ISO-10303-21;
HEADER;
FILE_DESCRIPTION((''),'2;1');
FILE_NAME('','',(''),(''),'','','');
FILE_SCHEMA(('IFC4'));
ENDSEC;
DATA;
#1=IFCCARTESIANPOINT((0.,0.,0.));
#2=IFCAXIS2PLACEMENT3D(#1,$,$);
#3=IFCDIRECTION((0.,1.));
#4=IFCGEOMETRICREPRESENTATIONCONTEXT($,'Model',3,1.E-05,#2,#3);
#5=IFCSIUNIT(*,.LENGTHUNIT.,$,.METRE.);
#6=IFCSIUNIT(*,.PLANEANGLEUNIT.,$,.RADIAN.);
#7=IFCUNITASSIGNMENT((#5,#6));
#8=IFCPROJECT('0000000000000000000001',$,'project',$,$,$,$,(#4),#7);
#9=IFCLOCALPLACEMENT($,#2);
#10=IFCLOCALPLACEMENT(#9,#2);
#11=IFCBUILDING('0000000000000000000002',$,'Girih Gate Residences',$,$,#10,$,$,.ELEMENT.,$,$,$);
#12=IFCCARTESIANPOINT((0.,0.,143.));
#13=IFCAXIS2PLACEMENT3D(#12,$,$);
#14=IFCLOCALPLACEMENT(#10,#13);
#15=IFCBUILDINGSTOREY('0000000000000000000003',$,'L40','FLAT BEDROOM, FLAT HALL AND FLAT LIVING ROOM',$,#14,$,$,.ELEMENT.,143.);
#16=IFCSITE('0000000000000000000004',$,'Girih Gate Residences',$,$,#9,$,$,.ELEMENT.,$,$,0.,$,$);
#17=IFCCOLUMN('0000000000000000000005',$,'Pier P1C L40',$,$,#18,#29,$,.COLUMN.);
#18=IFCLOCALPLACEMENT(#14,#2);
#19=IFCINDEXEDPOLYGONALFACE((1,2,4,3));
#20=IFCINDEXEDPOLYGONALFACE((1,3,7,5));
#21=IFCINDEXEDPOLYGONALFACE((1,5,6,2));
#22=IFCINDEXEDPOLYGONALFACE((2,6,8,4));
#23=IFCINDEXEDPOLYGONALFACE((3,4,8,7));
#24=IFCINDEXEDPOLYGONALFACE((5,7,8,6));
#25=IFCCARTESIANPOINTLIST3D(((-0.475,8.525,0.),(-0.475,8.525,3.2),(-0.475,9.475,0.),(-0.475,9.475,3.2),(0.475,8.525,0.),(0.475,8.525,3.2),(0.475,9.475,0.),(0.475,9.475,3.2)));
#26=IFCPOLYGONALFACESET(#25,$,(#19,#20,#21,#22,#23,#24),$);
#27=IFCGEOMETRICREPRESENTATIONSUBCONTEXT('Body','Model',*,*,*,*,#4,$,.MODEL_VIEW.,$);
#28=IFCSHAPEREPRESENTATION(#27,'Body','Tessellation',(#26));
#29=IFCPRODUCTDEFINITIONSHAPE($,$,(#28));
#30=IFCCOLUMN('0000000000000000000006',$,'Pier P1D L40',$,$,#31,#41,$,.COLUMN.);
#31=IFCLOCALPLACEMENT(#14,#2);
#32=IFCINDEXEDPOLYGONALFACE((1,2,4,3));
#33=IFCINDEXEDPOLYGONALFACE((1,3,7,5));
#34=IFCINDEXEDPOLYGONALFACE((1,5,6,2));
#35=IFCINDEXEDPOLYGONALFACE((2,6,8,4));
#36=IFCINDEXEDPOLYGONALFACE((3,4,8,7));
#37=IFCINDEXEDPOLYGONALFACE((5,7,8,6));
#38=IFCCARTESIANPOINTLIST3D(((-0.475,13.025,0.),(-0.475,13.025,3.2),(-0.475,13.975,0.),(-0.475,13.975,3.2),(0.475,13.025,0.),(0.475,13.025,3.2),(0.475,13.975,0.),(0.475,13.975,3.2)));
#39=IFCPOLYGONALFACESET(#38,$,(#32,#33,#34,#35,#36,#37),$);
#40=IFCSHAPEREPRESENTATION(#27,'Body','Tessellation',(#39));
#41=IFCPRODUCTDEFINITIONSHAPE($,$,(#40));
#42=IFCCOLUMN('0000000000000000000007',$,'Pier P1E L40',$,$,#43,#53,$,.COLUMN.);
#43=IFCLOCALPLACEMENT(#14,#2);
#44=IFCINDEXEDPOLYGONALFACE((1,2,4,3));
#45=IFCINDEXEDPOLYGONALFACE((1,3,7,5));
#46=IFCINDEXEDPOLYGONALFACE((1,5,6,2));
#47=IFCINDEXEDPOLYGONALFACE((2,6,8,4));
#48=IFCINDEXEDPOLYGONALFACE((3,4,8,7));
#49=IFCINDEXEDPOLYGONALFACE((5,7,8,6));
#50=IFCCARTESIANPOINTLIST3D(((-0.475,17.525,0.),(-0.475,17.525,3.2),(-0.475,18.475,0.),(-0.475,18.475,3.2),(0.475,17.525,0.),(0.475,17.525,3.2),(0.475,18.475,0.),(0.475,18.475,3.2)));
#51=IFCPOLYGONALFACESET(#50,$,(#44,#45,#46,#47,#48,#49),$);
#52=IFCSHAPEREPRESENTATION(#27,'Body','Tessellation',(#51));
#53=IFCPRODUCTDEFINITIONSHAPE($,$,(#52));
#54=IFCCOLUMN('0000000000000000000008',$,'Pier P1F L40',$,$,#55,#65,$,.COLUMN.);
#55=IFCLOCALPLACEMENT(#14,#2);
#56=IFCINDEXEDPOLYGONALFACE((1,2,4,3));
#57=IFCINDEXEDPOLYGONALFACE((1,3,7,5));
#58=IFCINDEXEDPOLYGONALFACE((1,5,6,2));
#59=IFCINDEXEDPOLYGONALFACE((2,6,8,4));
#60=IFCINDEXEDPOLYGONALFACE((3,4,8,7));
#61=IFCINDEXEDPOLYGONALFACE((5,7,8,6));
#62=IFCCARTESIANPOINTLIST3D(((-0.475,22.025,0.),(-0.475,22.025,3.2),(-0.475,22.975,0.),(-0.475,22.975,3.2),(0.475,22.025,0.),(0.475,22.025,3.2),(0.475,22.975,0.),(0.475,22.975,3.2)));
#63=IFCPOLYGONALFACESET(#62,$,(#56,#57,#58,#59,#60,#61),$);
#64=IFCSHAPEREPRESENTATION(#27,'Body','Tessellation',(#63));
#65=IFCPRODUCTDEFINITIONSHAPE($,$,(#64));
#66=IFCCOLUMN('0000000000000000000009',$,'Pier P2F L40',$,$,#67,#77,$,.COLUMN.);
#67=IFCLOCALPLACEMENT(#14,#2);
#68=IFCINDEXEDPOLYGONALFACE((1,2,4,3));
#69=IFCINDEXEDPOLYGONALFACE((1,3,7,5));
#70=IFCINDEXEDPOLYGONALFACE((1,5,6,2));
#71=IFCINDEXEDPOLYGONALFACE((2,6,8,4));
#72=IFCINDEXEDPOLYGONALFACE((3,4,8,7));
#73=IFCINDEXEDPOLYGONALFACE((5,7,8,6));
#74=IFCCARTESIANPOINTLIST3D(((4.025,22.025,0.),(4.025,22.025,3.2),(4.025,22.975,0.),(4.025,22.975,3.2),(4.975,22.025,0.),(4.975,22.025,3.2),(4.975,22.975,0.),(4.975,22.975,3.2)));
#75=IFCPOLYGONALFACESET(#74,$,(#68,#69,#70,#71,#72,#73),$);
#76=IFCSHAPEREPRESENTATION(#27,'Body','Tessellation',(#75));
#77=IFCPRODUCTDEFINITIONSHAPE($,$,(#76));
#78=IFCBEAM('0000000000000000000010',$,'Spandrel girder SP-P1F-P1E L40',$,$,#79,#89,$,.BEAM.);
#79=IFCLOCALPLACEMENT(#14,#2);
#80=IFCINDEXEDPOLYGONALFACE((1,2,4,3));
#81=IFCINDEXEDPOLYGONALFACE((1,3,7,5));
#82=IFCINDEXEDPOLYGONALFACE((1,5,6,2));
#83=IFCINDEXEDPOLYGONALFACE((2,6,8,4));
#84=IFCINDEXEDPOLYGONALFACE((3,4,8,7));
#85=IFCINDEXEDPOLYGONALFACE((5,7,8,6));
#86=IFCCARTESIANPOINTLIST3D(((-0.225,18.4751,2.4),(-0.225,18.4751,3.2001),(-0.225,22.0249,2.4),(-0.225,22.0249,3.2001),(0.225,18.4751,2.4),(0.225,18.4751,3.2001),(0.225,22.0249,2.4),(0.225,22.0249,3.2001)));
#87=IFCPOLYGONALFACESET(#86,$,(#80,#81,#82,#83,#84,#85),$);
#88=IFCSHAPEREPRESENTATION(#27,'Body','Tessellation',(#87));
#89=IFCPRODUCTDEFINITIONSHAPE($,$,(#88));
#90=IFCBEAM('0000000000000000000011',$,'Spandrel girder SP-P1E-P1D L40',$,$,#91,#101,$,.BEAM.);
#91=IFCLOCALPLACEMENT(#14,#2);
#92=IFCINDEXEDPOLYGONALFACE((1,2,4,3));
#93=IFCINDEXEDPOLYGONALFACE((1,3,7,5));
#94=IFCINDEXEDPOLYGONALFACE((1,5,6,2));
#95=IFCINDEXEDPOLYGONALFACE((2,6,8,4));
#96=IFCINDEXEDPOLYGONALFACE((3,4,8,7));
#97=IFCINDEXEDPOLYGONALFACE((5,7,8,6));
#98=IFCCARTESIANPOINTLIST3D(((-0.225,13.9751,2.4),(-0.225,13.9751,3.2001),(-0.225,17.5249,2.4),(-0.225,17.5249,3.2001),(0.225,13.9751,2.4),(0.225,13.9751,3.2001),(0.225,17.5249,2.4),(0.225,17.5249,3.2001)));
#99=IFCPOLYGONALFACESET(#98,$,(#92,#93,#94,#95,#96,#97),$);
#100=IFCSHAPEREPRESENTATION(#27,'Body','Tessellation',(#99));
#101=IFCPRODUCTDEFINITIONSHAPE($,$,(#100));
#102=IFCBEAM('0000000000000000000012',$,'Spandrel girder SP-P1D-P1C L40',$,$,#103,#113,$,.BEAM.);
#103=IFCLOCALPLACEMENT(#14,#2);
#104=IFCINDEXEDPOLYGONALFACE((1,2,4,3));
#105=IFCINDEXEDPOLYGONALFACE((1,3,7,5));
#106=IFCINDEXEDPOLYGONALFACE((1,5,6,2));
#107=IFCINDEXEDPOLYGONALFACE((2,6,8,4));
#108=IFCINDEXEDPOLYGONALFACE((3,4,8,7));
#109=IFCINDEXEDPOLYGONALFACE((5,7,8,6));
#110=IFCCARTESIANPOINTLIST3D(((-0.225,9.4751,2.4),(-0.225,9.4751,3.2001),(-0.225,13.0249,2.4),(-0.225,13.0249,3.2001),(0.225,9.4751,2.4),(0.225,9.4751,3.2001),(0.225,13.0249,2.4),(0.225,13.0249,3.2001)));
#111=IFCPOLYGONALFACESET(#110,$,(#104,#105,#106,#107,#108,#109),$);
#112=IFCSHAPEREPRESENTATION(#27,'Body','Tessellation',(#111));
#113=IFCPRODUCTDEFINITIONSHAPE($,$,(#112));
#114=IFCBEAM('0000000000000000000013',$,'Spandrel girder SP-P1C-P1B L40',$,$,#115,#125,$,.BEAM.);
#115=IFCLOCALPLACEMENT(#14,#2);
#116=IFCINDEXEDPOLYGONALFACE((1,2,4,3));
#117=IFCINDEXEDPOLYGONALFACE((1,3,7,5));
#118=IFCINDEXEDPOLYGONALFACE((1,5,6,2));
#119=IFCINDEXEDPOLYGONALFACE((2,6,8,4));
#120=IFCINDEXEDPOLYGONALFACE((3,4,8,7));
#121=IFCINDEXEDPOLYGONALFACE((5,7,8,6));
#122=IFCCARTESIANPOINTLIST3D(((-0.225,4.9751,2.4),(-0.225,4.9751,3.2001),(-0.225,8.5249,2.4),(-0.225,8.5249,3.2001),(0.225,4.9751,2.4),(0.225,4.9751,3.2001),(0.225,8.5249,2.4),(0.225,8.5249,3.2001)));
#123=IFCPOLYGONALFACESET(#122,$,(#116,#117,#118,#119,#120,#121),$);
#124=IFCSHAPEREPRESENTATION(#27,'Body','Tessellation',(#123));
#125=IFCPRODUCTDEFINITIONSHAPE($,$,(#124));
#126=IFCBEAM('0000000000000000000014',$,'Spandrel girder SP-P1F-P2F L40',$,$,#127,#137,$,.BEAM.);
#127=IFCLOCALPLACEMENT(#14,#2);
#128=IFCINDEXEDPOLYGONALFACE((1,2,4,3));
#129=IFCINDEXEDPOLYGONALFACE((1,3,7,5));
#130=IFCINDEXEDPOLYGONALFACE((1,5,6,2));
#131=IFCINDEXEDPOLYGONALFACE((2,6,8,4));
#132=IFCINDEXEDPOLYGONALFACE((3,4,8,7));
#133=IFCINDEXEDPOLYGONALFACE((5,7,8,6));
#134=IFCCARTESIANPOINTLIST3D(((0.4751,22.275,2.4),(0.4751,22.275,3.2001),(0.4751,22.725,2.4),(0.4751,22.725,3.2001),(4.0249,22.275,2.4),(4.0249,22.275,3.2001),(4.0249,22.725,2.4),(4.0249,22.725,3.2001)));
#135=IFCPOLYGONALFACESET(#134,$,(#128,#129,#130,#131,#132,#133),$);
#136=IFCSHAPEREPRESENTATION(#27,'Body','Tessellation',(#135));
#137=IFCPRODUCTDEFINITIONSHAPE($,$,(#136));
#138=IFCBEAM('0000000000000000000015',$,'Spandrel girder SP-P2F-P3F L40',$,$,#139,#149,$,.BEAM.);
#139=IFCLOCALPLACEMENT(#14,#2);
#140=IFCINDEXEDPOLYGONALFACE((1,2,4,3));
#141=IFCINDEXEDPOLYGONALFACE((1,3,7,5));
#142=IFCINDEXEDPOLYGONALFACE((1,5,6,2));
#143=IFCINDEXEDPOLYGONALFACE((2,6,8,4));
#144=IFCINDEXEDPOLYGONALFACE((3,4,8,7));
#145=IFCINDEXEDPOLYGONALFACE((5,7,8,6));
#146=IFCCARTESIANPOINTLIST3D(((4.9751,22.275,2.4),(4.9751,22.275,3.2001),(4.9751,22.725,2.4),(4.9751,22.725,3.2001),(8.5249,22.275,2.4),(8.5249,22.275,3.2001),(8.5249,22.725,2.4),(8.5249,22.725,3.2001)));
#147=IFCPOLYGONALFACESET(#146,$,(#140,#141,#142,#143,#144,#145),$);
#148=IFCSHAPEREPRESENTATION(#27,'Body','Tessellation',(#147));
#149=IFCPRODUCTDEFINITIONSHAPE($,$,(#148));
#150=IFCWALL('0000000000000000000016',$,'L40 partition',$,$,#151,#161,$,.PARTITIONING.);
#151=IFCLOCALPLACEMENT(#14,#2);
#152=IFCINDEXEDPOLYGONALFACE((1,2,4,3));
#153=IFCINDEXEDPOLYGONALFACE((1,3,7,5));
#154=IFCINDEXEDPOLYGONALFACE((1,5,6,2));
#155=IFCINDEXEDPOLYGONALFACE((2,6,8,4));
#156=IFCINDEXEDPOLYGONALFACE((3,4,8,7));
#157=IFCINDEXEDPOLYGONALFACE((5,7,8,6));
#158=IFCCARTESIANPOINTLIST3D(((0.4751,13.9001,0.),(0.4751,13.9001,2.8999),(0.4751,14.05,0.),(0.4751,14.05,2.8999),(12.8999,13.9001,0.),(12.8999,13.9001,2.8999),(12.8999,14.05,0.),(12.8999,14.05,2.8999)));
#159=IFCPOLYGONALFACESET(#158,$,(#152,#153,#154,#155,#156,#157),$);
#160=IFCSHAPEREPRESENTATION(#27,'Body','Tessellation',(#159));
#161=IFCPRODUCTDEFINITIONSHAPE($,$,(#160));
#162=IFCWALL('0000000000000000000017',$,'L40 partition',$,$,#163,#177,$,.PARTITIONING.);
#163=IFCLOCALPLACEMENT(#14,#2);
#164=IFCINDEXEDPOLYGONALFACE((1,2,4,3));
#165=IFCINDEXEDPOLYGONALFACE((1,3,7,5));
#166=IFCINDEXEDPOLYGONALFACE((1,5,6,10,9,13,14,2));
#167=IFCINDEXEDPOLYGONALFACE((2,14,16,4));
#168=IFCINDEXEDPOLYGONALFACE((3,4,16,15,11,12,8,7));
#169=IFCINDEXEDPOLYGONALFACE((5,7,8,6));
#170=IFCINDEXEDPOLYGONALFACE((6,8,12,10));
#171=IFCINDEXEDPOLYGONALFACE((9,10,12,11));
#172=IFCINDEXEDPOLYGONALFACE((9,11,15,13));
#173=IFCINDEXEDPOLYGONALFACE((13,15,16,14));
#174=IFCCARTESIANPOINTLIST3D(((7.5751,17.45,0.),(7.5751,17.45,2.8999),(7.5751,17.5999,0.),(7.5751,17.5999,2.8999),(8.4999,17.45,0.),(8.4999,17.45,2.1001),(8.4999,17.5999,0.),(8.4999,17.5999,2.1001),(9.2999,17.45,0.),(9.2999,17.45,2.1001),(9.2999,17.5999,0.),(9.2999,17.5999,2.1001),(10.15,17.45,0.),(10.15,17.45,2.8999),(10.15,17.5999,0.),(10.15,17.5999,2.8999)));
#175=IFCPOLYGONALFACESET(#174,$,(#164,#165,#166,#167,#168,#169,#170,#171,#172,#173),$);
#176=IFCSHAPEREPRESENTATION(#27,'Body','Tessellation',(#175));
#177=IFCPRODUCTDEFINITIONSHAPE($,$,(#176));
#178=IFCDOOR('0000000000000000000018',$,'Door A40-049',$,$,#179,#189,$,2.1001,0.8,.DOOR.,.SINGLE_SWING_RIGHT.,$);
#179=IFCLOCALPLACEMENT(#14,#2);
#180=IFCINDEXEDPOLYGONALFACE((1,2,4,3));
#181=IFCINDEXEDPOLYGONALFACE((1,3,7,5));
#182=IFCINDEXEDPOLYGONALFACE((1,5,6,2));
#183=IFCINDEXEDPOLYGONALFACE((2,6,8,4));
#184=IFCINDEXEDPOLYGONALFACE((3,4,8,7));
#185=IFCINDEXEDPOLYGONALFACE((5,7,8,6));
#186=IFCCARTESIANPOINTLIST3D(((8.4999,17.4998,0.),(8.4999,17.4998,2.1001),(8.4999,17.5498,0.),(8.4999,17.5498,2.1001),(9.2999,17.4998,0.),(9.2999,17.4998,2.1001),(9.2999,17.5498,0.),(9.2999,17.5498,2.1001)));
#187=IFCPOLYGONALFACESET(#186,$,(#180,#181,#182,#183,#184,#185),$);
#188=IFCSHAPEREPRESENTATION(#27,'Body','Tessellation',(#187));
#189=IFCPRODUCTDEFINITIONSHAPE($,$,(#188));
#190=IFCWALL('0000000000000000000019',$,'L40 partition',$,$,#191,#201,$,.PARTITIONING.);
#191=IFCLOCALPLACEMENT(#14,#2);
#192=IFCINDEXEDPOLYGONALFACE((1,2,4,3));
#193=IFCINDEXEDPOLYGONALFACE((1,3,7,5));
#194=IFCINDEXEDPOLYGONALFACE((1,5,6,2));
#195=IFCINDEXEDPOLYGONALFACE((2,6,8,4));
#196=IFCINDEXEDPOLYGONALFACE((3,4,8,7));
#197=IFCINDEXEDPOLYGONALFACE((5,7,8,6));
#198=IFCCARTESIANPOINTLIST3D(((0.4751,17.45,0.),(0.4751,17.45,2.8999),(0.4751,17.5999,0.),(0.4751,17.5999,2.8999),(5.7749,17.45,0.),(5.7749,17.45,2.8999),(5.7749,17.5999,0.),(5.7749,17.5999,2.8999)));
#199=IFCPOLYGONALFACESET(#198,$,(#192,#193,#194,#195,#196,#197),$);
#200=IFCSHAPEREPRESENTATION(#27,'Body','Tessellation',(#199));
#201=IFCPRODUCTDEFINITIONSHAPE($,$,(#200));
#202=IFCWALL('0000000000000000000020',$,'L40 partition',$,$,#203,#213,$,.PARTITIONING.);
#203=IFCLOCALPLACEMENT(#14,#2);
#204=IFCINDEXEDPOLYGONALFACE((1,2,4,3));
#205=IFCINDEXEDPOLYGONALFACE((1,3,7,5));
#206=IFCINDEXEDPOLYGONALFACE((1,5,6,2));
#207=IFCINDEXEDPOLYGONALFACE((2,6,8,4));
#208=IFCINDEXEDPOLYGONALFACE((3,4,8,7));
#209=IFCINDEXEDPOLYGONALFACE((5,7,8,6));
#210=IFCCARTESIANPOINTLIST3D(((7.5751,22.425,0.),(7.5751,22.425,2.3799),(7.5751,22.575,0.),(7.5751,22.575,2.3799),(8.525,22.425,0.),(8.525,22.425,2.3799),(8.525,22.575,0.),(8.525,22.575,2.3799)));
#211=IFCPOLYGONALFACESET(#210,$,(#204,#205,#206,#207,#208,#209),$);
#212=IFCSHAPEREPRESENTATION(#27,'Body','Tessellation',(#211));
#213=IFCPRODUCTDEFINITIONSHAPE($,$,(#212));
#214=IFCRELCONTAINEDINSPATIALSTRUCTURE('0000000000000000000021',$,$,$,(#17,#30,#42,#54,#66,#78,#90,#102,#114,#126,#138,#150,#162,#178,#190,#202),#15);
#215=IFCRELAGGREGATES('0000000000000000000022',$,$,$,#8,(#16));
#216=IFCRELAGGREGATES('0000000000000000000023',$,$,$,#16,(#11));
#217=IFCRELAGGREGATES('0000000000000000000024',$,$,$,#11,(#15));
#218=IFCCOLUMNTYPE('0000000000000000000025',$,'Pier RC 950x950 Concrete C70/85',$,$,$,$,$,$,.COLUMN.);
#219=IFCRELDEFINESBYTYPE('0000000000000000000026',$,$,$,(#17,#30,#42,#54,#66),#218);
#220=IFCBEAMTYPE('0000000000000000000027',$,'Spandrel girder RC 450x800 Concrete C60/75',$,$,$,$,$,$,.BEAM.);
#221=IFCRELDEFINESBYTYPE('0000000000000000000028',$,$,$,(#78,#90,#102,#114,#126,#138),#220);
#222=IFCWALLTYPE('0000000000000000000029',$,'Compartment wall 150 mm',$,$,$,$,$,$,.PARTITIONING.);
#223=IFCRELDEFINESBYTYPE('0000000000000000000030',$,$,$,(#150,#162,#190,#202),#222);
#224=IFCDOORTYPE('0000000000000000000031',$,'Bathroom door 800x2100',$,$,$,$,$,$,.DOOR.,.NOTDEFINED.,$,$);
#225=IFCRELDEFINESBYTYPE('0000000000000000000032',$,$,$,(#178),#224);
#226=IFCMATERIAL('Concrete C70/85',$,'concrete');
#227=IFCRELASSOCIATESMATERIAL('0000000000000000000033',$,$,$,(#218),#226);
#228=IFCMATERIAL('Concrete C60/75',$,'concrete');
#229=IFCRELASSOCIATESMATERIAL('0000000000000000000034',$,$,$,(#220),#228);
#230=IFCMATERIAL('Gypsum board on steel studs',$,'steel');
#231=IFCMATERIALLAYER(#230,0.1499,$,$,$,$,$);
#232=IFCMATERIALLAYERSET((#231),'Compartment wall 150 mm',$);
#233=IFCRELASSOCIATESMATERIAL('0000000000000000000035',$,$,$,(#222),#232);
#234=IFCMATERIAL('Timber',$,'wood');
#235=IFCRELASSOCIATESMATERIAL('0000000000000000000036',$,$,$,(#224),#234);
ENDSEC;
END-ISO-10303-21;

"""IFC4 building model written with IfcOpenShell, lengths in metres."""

from ifc_helpers import new_model, si_unit, direction, frame, frame_2d, origin, origin_2d, place, context, subcontext, project, spatial, rectangle, extrude, material, layer, layer_set, material_profile, profile_set, type_object, element, fill, save


model = new_model("IFC4")

# Units and contexts
model_context = context("Model", 3, precision=1e-05, world=origin(), true_north=direction((0.0, 1.0)))
body_context = subcontext(model_context, "Body", "Model", "MODEL_VIEW")
ifc_project = project(units=[si_unit("LENGTHUNIT", "METRE"), si_unit("PLANEANGLEUNIT", "RADIAN")], contexts=[model_context])

# Site, building, storey
site_placement = place(None, origin())
site = spatial("IfcSite", under=ifc_project, at=site_placement, Name="Girih Gate Residences", CompositionType="ELEMENT", RefElevation=0.0)
building_placement = place(site_placement, origin())
building = spatial("IfcBuilding", under=site, at=building_placement, Name="Girih Gate Residences", CompositionType="ELEMENT")
storey_placement = place(building_placement, frame((0.0, 0.0, 143.0)))
storey = spatial("IfcBuildingStorey", under=building, at=storey_placement, Name="L40", Description="FLAT BEDROOM, FLAT HALL AND FLAT LIVING ROOM", CompositionType="ELEMENT", Elevation=143.0)

# Columns
ifc_material_1 = material(Name="Concrete C70/85", Category="concrete")
ifc_material_profile_1 = material_profile(ifc_material_1, rectangle(XDim=0.95, YDim=0.95, at=origin_2d()))
ifc_profile_set_1 = profile_set([ifc_material_profile_1], Name="Concrete C70/85")
column_type = type_object("IfcColumnType", Name="Pier RC 950x950 Concrete C70/85", PredefinedType="COLUMN", material=ifc_profile_set_1)
for number, where, z_axis, x_axis, name in (
    (1, (0.0, 9.0, 0.0), (0.0, 0.0, 1.0), (1.0, 0.0, 0.0), "Pier P1C L40"),
    (2, (0.0, 13.5, 0.0), (0.0, 0.0, 1.0), (1.0, 0.0, 0.0), "Pier P1D L40"),
    (3, (0.0, 18.0, 0.0), (0.0, 0.0, 1.0), (1.0, 0.0, 0.0), "Pier P1E L40"),
    (4, (0.0, 22.5, 0.0), (0.0, 0.0, 1.0), (1.0, 0.0, 0.0), "Pier P1F L40"),
    (5, (4.5, 22.5, 0.0), (0.0, 0.0, 1.0), (1.0, 0.0, 0.0), "Pier P2F L40"),
):
    element("IfcColumn", number, at=place(storey_placement, frame(where, z_axis=z_axis, x_axis=x_axis)), inside=storey, type_object=column_type, Name=name, PredefinedType="COLUMN", context=body_context, shape_type="SweptSolid", body=[
        extrude(rectangle(XDim=0.95, YDim=0.95, at=origin_2d()), origin(), (0.0, 0.0, 1.0), 3.2),
    ])

# Beams
ifc_material_2 = material(Name="Concrete C60/75", Category="concrete")
ifc_material_profile_2 = material_profile(ifc_material_2, rectangle(XDim=0.45, YDim=0.8, at=origin_2d()))
ifc_profile_set_2 = profile_set([ifc_material_profile_2], Name="Concrete C60/75")
beam_type = type_object("IfcBeamType", Name="Spandrel girder RC 450x800 Concrete C60/75", PredefinedType="BEAM", material=ifc_profile_set_2)
for number, where, z_axis, x_axis, name in (
    (6, (0.0, 22.0249, 2.8), (0.0, -1.0, 0.0), (1.0, 0.0, 0.0), "Spandrel girder SP-P1F-P1E L40"),
    (7, (0.0, 17.5249, 2.8), (0.0, -1.0, 0.0), (1.0, 0.0, 0.0), "Spandrel girder SP-P1E-P1D L40"),
    (8, (0.0, 13.0249, 2.8), (0.0, -1.0, 0.0), (1.0, 0.0, 0.0), "Spandrel girder SP-P1D-P1C L40"),
    (9, (0.0, 8.5249, 2.8), (0.0, -1.0, 0.0), (1.0, 0.0, 0.0), "Spandrel girder SP-P1C-P1B L40"),
    (10, (0.4751, 22.5, 2.8), (1.0, 0.0, 0.0), (0.0, 1.0, 0.0), "Spandrel girder SP-P1F-P2F L40"),
    (11, (4.9751, 22.5, 2.8), (1.0, 0.0, 0.0), (0.0, 1.0, 0.0), "Spandrel girder SP-P2F-P3F L40"),
):
    element("IfcBeam", number, at=place(storey_placement, frame(where, z_axis=z_axis, x_axis=x_axis)), inside=storey, type_object=beam_type, Name=name, PredefinedType="BEAM", context=body_context, shape_type="SweptSolid", body=[
        extrude(rectangle(XDim=0.45, YDim=0.8, at=origin_2d()), origin(), (0.0, 0.0, 1.0), 3.5498),
    ])

# Wall
ifc_material_3 = material(Name="Gypsum board on steel studs", Category="steel")
ifc_layer_1 = layer(ifc_material_3, 0.1499)
ifc_layer_set_1 = layer_set([ifc_layer_1], Name="Compartment wall 150 mm")
wall_type_1 = type_object("IfcWallType", Name="Compartment wall 150 mm", PredefinedType="PARTITIONING", material=ifc_layer_set_1)
wall_1_placement = place(storey_placement, frame((0.4751, 13.9751, 0.0), z_axis=(0.0, 0.0, 1.0), x_axis=(1.0, 0.0, 0.0)))
element("IfcWall", 12, at=wall_1_placement, inside=storey, type_object=wall_type_1, Name="L40 partition", PredefinedType="PARTITIONING", context=body_context, shape_type="SweptSolid", body=[
    extrude(rectangle(XDim=12.4248, YDim=0.1499, at=frame_2d((6.2124, 0.0))), origin(), (0.0, 0.0, 1.0), 2.8999),
])

# Wall, opening, door
wall_2_placement = place(storey_placement, frame((7.575, 17.5249, 0.0), z_axis=(0.0, 0.0, 1.0), x_axis=(1.0, 0.0, 0.0)))
wall_2 = element("IfcWall", 13, at=wall_2_placement, inside=storey, type_object=wall_type_1, Name="L40 partition", PredefinedType="PARTITIONING", context=body_context, shape_type="SweptSolid", body=[
    extrude(rectangle(XDim=2.575, YDim=0.1499, at=frame_2d((1.2876, 0.0))), origin(), (0.0, 0.0, 1.0), 2.8999),
])
opening_1_placement = place(wall_2_placement, frame((0.925, 0.0, 0.0)))
opening_1 = element("IfcOpeningElement", 14, at=opening_1_placement, cuts=wall_2, PredefinedType="OPENING", context=body_context, shape_type="SweptSolid", body=[
    extrude(rectangle(XDim=0.8, YDim=2.1001, at=frame_2d((0.3999, 1.05))), frame((0.0, 0.085, 0.0), z_axis=(0.0, -1.0, 0.0), x_axis=(1.0, 0.0, 0.0)), (0.0, 0.0, 1.0), 0.1699),
])
ifc_material_4 = material(Name="Timber", Category="wood")
door_type_1 = type_object("IfcDoorType", Name="Bathroom door 800x2100", OperationType="NOTDEFINED", PredefinedType="DOOR", material=ifc_material_4)
door_1_placement = place(opening_1_placement, origin())
door_1 = element("IfcDoor", 15, at=door_1_placement, inside=storey, type_object=door_type_1, Name="Door A40-049", OperationType="SINGLE_SWING_RIGHT", OverallHeight=2.1001, OverallWidth=0.8, PredefinedType="DOOR", context=body_context, shape_type="SweptSolid", body=[
    extrude(rectangle(XDim=0.8, YDim=2.1001, at=frame_2d((0.3999, 1.05))), frame((0.0, 0.0249, 0.0), z_axis=(0.0, -1.0, 0.0), x_axis=(1.0, 0.0, 0.0)), (0.0, 0.0, 1.0), 0.05),
])
fill(opening_1, door_1)

# Walls
wall_3_placement = place(storey_placement, frame((0.4751, 17.5249, 0.0), z_axis=(0.0, 0.0, 1.0), x_axis=(1.0, 0.0, 0.0)))
element("IfcWall", 16, at=wall_3_placement, inside=storey, type_object=wall_type_1, Name="L40 partition", PredefinedType="PARTITIONING", context=body_context, shape_type="SweptSolid", body=[
    extrude(rectangle(XDim=5.2998, YDim=0.1499, at=frame_2d((2.6499, 0.0))), origin(), (0.0, 0.0, 1.0), 2.8999),
])
wall_4_placement = place(storey_placement, frame((7.575, 22.5, 0.0), z_axis=(0.0, 0.0, 1.0), x_axis=(1.0, 0.0, 0.0)))
element("IfcWall", 17, at=wall_4_placement, inside=storey, type_object=wall_type_1, Name="L40 partition", PredefinedType="PARTITIONING", context=body_context, shape_type="SweptSolid", body=[
    extrude(rectangle(XDim=0.95, YDim=0.1499, at=frame_2d((0.4751, 0.0))), origin(), (0.0, 0.0, 1.0), 2.3799),
])

save(model, "model.ifc")
